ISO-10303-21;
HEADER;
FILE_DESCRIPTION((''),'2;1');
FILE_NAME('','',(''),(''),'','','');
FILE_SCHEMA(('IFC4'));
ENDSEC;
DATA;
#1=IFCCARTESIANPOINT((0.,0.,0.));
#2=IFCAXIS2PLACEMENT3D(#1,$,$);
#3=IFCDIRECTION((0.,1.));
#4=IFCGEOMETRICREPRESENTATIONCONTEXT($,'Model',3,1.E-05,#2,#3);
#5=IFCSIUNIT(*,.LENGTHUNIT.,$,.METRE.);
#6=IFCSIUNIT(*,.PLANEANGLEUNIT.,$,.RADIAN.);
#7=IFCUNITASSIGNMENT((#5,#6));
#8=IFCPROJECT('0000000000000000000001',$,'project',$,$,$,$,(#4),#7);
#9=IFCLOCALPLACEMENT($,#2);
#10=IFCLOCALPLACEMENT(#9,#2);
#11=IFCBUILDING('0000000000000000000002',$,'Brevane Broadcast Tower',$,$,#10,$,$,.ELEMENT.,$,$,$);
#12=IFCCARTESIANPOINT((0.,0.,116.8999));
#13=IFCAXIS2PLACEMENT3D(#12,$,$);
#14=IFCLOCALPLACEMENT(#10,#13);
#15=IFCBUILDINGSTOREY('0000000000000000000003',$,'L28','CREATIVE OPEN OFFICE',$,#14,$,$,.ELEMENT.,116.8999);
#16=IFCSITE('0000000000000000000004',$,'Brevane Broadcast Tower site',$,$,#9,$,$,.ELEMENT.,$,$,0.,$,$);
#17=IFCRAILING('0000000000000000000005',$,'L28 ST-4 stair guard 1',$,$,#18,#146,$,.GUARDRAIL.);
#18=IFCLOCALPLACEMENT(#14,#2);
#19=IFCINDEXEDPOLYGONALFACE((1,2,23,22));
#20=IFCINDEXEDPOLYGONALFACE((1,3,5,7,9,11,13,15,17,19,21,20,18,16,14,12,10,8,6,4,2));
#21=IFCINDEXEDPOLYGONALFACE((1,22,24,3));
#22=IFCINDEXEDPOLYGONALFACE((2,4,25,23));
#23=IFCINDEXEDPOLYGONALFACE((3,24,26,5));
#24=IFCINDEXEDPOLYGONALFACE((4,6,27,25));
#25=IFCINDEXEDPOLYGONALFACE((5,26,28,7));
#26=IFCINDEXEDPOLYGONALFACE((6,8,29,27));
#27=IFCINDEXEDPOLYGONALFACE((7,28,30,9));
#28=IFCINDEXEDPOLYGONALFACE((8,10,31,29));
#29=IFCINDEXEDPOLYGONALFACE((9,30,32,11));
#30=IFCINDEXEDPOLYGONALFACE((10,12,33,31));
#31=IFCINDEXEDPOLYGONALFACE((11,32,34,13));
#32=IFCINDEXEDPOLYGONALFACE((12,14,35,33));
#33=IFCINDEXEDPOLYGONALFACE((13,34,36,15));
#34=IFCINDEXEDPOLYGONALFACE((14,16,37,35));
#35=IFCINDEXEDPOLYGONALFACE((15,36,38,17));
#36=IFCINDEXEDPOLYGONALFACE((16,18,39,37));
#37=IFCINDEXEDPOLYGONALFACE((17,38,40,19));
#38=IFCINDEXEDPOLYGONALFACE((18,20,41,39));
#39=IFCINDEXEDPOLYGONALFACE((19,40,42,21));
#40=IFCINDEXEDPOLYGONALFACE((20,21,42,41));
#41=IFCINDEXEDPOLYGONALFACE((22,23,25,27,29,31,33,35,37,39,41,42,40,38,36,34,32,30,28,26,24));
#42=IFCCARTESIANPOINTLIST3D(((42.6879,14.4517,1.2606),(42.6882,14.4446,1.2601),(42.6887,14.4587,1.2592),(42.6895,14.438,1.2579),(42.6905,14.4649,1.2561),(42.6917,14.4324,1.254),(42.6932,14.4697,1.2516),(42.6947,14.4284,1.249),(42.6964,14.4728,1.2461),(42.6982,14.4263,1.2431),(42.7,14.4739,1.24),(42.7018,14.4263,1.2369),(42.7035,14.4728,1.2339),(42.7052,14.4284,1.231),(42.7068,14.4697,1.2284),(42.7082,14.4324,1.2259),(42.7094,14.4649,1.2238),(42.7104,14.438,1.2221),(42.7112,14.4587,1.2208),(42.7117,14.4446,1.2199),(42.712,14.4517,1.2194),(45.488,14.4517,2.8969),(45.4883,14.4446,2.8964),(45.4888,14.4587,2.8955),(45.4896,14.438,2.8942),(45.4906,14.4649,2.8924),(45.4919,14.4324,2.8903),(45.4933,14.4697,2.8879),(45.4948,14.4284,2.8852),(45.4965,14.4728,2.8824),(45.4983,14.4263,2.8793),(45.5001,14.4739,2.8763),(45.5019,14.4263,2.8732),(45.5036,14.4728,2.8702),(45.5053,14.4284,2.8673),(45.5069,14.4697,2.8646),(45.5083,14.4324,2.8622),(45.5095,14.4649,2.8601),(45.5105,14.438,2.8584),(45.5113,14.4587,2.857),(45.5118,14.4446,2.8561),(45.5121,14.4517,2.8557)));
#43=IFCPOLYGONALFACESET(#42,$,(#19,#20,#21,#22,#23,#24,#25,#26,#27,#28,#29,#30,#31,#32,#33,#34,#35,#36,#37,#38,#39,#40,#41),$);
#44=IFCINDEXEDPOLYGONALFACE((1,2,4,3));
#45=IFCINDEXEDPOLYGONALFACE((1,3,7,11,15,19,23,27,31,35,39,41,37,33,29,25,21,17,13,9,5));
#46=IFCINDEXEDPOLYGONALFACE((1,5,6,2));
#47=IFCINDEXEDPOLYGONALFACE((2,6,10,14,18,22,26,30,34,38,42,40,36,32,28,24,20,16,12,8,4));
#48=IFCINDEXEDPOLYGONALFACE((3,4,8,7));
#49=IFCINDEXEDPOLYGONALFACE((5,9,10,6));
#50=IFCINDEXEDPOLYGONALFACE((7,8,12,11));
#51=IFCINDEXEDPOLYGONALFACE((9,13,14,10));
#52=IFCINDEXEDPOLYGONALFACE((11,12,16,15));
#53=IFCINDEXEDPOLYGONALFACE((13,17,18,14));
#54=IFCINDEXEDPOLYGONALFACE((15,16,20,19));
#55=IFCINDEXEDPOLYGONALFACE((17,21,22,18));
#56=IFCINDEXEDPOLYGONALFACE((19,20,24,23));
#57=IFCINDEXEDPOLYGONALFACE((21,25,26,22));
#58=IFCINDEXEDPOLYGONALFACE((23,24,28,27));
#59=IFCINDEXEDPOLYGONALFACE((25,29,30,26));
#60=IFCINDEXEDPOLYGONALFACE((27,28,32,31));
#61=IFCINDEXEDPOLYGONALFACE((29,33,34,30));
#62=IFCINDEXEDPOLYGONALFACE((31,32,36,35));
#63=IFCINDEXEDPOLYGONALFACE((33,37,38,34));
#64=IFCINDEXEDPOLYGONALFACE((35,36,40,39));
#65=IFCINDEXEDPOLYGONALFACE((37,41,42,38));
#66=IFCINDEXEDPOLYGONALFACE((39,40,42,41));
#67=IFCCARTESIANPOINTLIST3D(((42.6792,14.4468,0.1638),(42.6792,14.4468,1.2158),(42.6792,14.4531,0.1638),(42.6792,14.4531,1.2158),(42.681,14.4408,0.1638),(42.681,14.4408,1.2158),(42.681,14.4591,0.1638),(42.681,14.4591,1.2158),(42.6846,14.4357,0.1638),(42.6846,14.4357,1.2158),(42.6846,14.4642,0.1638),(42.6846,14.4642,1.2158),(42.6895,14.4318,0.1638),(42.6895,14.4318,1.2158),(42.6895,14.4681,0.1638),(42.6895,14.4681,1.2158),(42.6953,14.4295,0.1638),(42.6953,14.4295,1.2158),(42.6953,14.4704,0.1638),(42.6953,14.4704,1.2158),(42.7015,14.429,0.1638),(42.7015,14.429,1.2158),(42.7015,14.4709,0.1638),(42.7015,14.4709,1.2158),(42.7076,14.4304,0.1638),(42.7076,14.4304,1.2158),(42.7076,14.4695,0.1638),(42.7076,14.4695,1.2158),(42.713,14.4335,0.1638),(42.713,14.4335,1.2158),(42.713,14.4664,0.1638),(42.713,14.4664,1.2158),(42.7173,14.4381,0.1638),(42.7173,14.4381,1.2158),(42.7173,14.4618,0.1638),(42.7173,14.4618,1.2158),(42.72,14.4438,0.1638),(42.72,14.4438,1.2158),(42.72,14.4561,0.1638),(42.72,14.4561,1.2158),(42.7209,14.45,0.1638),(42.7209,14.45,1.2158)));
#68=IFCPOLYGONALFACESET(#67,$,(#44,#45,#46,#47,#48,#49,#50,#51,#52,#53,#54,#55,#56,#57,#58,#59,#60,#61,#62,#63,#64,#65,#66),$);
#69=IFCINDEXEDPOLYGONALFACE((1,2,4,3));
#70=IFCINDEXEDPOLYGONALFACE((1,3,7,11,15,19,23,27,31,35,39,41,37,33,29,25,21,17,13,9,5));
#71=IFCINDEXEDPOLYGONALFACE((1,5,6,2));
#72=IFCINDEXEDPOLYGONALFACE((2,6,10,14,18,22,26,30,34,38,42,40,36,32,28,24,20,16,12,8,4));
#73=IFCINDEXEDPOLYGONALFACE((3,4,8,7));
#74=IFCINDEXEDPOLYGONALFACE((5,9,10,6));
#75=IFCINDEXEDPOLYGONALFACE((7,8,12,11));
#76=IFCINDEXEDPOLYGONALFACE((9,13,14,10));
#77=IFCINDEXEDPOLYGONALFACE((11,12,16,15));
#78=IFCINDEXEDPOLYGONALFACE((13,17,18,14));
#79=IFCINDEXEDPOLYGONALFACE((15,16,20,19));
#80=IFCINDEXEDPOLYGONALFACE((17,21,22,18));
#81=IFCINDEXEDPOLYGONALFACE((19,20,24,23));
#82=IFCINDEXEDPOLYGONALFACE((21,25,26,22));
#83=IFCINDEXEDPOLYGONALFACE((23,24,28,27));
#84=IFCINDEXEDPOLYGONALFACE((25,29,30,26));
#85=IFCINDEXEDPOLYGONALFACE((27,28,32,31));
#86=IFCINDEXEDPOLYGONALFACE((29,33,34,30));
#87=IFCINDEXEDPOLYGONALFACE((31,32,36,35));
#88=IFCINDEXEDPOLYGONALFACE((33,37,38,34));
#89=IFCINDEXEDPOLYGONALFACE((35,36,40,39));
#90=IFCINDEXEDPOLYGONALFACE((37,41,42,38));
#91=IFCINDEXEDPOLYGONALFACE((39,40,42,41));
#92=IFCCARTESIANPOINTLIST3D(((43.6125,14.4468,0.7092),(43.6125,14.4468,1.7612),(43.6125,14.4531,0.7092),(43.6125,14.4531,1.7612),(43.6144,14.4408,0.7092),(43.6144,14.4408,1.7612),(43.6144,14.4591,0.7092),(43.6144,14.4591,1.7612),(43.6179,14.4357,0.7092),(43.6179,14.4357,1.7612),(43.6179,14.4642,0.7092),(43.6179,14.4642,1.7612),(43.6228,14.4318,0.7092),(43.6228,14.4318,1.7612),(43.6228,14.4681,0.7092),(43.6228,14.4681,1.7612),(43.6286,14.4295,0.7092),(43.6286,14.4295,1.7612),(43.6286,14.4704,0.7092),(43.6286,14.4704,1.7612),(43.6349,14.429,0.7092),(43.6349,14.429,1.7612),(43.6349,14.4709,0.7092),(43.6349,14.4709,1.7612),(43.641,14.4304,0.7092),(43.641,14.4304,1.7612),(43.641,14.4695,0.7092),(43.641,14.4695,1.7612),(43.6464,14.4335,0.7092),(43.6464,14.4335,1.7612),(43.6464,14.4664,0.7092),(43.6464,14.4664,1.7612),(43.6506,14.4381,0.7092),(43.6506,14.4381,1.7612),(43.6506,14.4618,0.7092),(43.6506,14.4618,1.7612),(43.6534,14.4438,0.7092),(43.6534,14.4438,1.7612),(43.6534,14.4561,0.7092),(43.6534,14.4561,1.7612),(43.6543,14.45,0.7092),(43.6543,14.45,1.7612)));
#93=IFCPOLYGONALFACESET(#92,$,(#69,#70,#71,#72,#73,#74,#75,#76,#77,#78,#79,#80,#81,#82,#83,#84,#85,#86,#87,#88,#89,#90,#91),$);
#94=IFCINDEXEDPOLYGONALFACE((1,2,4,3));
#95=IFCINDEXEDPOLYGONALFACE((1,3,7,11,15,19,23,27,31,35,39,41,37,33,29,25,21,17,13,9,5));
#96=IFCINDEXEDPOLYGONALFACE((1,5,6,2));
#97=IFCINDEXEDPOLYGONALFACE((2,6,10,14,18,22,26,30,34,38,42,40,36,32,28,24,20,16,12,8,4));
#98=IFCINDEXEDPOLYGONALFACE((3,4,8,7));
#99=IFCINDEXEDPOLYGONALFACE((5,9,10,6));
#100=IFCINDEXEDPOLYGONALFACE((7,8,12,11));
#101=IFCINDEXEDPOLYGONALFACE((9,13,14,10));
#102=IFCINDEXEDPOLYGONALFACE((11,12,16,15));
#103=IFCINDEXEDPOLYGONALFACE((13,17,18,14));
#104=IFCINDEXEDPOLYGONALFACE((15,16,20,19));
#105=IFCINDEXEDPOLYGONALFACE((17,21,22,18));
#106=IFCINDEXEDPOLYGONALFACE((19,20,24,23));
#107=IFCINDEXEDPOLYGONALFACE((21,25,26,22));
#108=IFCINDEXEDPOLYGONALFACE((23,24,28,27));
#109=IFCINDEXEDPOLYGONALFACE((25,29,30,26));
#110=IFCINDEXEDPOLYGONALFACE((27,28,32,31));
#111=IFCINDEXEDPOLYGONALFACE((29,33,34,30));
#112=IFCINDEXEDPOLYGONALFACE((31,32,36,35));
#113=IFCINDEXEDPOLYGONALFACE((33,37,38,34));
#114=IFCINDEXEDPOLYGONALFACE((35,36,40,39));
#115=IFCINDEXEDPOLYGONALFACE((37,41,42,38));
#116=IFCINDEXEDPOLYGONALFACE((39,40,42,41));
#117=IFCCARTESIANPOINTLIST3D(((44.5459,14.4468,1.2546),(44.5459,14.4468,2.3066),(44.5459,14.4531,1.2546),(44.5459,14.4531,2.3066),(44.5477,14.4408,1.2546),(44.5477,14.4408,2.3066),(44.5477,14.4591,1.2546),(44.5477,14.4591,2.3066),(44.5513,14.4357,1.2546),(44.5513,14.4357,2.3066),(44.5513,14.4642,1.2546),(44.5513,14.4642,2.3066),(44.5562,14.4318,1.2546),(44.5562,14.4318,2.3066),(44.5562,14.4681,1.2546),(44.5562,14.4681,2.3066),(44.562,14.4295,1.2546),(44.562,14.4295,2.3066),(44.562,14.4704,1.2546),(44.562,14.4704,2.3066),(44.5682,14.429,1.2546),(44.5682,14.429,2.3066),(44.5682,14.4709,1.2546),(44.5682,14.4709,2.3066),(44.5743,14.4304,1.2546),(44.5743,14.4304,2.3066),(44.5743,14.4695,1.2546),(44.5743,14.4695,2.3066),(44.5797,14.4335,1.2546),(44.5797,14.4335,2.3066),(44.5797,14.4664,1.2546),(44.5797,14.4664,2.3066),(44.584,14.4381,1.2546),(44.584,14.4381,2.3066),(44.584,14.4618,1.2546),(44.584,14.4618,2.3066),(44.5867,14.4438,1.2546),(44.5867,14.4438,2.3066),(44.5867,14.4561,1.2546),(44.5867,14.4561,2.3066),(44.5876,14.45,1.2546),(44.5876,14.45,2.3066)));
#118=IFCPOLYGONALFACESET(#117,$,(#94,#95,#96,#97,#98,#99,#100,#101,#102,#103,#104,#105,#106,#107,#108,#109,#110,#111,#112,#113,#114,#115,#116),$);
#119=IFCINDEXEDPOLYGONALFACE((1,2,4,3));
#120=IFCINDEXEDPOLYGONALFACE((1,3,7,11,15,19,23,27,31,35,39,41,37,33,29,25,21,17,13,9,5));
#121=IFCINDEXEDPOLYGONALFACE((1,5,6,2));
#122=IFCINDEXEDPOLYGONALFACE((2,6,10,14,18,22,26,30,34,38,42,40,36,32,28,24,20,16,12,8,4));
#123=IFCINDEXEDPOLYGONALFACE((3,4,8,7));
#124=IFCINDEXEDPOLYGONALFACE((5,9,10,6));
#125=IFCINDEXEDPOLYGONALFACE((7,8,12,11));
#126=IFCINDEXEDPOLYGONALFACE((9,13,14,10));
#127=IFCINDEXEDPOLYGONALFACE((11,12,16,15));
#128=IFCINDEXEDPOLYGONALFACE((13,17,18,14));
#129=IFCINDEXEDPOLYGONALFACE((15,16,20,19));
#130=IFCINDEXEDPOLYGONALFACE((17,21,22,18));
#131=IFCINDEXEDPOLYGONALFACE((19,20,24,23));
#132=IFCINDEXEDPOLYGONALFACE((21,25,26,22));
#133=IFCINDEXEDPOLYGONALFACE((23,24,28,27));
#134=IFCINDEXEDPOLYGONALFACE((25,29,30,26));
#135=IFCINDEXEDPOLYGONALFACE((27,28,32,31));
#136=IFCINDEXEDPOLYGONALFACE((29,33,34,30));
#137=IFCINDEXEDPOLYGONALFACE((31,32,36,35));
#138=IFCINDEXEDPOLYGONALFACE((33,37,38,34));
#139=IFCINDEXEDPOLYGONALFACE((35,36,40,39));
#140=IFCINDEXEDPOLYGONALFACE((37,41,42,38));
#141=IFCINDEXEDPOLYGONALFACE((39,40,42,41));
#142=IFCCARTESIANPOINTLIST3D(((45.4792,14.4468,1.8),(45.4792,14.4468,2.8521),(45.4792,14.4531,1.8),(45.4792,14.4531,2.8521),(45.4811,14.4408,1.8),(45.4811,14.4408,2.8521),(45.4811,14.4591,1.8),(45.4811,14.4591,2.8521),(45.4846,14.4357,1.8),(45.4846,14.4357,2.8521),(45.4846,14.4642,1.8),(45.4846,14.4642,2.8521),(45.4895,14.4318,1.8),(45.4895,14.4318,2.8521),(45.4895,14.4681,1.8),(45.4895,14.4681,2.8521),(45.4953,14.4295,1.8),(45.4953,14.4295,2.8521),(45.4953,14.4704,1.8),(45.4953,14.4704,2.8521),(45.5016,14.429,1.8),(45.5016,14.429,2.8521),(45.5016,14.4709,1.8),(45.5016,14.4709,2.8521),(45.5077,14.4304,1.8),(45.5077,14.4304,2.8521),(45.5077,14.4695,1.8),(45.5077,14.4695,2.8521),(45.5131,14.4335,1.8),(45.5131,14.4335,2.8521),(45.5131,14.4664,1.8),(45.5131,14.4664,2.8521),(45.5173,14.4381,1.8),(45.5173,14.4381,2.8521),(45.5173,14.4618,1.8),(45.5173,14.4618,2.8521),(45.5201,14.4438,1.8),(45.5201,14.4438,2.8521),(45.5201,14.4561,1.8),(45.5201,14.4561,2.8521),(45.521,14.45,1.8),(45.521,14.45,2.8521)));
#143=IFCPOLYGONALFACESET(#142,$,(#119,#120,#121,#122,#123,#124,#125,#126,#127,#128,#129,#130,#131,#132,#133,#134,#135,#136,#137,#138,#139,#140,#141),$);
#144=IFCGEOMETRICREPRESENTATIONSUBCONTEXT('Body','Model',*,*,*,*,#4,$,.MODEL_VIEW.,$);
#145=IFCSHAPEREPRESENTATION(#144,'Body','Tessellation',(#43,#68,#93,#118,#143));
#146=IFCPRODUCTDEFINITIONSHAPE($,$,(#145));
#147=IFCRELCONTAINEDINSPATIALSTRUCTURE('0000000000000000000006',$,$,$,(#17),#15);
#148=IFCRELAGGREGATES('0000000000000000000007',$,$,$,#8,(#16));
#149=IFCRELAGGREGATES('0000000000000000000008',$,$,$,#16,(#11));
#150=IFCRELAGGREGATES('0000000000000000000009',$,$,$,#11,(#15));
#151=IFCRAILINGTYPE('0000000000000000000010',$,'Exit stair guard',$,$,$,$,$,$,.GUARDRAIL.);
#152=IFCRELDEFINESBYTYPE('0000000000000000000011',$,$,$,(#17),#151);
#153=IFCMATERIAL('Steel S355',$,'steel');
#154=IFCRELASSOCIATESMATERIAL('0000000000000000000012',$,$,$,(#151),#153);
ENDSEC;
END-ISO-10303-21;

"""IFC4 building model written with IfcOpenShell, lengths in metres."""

from ifc_helpers import new_model, si_unit, direction, frame, origin, origin_2d, place, context, subcontext, project, spatial, circle, extrude, material, type_object, element, save


model = new_model("IFC4")

# Units and contexts
model_context = context("Model", 3, precision=1e-05, world=origin(), true_north=direction((0.0, 1.0)))
body_context = subcontext(model_context, "Body", "Model", "MODEL_VIEW")
ifc_project = project(units=[si_unit("LENGTHUNIT", "METRE"), si_unit("PLANEANGLEUNIT", "RADIAN")], contexts=[model_context])

# Site, building, storey
site_placement = place(None, origin())
site = spatial("IfcSite", under=ifc_project, at=site_placement, Name="Brevane Broadcast Tower site", CompositionType="ELEMENT", RefElevation=0.0)
building_placement = place(site_placement, origin())
building = spatial("IfcBuilding", under=site, at=building_placement, Name="Brevane Broadcast Tower", CompositionType="ELEMENT")
storey_placement = place(building_placement, frame((0.0, 0.0, 116.8999)))
storey = spatial("IfcBuildingStorey", under=building, at=storey_placement, Name="L28", Description="CREATIVE OPEN OFFICE", CompositionType="ELEMENT", Elevation=116.8999)

# Railing
ifc_material_1 = material(Name="Steel S355", Category="steel")
railing_type_1 = type_object("IfcRailingType", Name="Exit stair guard", PredefinedType="GUARDRAIL", material=ifc_material_1)
railing_1_placement = place(storey_placement, frame((42.7, 14.45, 0.1638)))
element("IfcRailing", 1, at=railing_1_placement, inside=storey, type_object=railing_type_1, Name="L28 ST-4 stair guard 1", PredefinedType="GUARDRAIL", context=body_context, shape_type="SweptSolid", body=[
    extrude(circle(Radius=0.0239, at=origin_2d()), frame((0.0, 0.0, 1.0762), z_axis=(0.863394, 0.0, 0.504531), x_axis=(0.0, 1.0, 0.0)), (0.0, 0.0, 1.0), 3.2432),
    extrude(circle(Radius=0.021, at=origin_2d()), origin(), (0.0, 0.0, 1.0), 1.052),
    extrude(circle(Radius=0.021, at=origin_2d()), frame((0.9333, 0.0, 0.5454)), (0.0, 0.0, 1.0), 1.052),
    extrude(circle(Radius=0.021, at=origin_2d()), frame((1.8667, 0.0, 1.0908)), (0.0, 0.0, 1.0), 1.052),
    extrude(circle(Radius=0.021, at=origin_2d()), frame((2.8, 0.0, 1.6362)), (0.0, 0.0, 1.0), 1.052),
])

save(model, "model.ifc")
